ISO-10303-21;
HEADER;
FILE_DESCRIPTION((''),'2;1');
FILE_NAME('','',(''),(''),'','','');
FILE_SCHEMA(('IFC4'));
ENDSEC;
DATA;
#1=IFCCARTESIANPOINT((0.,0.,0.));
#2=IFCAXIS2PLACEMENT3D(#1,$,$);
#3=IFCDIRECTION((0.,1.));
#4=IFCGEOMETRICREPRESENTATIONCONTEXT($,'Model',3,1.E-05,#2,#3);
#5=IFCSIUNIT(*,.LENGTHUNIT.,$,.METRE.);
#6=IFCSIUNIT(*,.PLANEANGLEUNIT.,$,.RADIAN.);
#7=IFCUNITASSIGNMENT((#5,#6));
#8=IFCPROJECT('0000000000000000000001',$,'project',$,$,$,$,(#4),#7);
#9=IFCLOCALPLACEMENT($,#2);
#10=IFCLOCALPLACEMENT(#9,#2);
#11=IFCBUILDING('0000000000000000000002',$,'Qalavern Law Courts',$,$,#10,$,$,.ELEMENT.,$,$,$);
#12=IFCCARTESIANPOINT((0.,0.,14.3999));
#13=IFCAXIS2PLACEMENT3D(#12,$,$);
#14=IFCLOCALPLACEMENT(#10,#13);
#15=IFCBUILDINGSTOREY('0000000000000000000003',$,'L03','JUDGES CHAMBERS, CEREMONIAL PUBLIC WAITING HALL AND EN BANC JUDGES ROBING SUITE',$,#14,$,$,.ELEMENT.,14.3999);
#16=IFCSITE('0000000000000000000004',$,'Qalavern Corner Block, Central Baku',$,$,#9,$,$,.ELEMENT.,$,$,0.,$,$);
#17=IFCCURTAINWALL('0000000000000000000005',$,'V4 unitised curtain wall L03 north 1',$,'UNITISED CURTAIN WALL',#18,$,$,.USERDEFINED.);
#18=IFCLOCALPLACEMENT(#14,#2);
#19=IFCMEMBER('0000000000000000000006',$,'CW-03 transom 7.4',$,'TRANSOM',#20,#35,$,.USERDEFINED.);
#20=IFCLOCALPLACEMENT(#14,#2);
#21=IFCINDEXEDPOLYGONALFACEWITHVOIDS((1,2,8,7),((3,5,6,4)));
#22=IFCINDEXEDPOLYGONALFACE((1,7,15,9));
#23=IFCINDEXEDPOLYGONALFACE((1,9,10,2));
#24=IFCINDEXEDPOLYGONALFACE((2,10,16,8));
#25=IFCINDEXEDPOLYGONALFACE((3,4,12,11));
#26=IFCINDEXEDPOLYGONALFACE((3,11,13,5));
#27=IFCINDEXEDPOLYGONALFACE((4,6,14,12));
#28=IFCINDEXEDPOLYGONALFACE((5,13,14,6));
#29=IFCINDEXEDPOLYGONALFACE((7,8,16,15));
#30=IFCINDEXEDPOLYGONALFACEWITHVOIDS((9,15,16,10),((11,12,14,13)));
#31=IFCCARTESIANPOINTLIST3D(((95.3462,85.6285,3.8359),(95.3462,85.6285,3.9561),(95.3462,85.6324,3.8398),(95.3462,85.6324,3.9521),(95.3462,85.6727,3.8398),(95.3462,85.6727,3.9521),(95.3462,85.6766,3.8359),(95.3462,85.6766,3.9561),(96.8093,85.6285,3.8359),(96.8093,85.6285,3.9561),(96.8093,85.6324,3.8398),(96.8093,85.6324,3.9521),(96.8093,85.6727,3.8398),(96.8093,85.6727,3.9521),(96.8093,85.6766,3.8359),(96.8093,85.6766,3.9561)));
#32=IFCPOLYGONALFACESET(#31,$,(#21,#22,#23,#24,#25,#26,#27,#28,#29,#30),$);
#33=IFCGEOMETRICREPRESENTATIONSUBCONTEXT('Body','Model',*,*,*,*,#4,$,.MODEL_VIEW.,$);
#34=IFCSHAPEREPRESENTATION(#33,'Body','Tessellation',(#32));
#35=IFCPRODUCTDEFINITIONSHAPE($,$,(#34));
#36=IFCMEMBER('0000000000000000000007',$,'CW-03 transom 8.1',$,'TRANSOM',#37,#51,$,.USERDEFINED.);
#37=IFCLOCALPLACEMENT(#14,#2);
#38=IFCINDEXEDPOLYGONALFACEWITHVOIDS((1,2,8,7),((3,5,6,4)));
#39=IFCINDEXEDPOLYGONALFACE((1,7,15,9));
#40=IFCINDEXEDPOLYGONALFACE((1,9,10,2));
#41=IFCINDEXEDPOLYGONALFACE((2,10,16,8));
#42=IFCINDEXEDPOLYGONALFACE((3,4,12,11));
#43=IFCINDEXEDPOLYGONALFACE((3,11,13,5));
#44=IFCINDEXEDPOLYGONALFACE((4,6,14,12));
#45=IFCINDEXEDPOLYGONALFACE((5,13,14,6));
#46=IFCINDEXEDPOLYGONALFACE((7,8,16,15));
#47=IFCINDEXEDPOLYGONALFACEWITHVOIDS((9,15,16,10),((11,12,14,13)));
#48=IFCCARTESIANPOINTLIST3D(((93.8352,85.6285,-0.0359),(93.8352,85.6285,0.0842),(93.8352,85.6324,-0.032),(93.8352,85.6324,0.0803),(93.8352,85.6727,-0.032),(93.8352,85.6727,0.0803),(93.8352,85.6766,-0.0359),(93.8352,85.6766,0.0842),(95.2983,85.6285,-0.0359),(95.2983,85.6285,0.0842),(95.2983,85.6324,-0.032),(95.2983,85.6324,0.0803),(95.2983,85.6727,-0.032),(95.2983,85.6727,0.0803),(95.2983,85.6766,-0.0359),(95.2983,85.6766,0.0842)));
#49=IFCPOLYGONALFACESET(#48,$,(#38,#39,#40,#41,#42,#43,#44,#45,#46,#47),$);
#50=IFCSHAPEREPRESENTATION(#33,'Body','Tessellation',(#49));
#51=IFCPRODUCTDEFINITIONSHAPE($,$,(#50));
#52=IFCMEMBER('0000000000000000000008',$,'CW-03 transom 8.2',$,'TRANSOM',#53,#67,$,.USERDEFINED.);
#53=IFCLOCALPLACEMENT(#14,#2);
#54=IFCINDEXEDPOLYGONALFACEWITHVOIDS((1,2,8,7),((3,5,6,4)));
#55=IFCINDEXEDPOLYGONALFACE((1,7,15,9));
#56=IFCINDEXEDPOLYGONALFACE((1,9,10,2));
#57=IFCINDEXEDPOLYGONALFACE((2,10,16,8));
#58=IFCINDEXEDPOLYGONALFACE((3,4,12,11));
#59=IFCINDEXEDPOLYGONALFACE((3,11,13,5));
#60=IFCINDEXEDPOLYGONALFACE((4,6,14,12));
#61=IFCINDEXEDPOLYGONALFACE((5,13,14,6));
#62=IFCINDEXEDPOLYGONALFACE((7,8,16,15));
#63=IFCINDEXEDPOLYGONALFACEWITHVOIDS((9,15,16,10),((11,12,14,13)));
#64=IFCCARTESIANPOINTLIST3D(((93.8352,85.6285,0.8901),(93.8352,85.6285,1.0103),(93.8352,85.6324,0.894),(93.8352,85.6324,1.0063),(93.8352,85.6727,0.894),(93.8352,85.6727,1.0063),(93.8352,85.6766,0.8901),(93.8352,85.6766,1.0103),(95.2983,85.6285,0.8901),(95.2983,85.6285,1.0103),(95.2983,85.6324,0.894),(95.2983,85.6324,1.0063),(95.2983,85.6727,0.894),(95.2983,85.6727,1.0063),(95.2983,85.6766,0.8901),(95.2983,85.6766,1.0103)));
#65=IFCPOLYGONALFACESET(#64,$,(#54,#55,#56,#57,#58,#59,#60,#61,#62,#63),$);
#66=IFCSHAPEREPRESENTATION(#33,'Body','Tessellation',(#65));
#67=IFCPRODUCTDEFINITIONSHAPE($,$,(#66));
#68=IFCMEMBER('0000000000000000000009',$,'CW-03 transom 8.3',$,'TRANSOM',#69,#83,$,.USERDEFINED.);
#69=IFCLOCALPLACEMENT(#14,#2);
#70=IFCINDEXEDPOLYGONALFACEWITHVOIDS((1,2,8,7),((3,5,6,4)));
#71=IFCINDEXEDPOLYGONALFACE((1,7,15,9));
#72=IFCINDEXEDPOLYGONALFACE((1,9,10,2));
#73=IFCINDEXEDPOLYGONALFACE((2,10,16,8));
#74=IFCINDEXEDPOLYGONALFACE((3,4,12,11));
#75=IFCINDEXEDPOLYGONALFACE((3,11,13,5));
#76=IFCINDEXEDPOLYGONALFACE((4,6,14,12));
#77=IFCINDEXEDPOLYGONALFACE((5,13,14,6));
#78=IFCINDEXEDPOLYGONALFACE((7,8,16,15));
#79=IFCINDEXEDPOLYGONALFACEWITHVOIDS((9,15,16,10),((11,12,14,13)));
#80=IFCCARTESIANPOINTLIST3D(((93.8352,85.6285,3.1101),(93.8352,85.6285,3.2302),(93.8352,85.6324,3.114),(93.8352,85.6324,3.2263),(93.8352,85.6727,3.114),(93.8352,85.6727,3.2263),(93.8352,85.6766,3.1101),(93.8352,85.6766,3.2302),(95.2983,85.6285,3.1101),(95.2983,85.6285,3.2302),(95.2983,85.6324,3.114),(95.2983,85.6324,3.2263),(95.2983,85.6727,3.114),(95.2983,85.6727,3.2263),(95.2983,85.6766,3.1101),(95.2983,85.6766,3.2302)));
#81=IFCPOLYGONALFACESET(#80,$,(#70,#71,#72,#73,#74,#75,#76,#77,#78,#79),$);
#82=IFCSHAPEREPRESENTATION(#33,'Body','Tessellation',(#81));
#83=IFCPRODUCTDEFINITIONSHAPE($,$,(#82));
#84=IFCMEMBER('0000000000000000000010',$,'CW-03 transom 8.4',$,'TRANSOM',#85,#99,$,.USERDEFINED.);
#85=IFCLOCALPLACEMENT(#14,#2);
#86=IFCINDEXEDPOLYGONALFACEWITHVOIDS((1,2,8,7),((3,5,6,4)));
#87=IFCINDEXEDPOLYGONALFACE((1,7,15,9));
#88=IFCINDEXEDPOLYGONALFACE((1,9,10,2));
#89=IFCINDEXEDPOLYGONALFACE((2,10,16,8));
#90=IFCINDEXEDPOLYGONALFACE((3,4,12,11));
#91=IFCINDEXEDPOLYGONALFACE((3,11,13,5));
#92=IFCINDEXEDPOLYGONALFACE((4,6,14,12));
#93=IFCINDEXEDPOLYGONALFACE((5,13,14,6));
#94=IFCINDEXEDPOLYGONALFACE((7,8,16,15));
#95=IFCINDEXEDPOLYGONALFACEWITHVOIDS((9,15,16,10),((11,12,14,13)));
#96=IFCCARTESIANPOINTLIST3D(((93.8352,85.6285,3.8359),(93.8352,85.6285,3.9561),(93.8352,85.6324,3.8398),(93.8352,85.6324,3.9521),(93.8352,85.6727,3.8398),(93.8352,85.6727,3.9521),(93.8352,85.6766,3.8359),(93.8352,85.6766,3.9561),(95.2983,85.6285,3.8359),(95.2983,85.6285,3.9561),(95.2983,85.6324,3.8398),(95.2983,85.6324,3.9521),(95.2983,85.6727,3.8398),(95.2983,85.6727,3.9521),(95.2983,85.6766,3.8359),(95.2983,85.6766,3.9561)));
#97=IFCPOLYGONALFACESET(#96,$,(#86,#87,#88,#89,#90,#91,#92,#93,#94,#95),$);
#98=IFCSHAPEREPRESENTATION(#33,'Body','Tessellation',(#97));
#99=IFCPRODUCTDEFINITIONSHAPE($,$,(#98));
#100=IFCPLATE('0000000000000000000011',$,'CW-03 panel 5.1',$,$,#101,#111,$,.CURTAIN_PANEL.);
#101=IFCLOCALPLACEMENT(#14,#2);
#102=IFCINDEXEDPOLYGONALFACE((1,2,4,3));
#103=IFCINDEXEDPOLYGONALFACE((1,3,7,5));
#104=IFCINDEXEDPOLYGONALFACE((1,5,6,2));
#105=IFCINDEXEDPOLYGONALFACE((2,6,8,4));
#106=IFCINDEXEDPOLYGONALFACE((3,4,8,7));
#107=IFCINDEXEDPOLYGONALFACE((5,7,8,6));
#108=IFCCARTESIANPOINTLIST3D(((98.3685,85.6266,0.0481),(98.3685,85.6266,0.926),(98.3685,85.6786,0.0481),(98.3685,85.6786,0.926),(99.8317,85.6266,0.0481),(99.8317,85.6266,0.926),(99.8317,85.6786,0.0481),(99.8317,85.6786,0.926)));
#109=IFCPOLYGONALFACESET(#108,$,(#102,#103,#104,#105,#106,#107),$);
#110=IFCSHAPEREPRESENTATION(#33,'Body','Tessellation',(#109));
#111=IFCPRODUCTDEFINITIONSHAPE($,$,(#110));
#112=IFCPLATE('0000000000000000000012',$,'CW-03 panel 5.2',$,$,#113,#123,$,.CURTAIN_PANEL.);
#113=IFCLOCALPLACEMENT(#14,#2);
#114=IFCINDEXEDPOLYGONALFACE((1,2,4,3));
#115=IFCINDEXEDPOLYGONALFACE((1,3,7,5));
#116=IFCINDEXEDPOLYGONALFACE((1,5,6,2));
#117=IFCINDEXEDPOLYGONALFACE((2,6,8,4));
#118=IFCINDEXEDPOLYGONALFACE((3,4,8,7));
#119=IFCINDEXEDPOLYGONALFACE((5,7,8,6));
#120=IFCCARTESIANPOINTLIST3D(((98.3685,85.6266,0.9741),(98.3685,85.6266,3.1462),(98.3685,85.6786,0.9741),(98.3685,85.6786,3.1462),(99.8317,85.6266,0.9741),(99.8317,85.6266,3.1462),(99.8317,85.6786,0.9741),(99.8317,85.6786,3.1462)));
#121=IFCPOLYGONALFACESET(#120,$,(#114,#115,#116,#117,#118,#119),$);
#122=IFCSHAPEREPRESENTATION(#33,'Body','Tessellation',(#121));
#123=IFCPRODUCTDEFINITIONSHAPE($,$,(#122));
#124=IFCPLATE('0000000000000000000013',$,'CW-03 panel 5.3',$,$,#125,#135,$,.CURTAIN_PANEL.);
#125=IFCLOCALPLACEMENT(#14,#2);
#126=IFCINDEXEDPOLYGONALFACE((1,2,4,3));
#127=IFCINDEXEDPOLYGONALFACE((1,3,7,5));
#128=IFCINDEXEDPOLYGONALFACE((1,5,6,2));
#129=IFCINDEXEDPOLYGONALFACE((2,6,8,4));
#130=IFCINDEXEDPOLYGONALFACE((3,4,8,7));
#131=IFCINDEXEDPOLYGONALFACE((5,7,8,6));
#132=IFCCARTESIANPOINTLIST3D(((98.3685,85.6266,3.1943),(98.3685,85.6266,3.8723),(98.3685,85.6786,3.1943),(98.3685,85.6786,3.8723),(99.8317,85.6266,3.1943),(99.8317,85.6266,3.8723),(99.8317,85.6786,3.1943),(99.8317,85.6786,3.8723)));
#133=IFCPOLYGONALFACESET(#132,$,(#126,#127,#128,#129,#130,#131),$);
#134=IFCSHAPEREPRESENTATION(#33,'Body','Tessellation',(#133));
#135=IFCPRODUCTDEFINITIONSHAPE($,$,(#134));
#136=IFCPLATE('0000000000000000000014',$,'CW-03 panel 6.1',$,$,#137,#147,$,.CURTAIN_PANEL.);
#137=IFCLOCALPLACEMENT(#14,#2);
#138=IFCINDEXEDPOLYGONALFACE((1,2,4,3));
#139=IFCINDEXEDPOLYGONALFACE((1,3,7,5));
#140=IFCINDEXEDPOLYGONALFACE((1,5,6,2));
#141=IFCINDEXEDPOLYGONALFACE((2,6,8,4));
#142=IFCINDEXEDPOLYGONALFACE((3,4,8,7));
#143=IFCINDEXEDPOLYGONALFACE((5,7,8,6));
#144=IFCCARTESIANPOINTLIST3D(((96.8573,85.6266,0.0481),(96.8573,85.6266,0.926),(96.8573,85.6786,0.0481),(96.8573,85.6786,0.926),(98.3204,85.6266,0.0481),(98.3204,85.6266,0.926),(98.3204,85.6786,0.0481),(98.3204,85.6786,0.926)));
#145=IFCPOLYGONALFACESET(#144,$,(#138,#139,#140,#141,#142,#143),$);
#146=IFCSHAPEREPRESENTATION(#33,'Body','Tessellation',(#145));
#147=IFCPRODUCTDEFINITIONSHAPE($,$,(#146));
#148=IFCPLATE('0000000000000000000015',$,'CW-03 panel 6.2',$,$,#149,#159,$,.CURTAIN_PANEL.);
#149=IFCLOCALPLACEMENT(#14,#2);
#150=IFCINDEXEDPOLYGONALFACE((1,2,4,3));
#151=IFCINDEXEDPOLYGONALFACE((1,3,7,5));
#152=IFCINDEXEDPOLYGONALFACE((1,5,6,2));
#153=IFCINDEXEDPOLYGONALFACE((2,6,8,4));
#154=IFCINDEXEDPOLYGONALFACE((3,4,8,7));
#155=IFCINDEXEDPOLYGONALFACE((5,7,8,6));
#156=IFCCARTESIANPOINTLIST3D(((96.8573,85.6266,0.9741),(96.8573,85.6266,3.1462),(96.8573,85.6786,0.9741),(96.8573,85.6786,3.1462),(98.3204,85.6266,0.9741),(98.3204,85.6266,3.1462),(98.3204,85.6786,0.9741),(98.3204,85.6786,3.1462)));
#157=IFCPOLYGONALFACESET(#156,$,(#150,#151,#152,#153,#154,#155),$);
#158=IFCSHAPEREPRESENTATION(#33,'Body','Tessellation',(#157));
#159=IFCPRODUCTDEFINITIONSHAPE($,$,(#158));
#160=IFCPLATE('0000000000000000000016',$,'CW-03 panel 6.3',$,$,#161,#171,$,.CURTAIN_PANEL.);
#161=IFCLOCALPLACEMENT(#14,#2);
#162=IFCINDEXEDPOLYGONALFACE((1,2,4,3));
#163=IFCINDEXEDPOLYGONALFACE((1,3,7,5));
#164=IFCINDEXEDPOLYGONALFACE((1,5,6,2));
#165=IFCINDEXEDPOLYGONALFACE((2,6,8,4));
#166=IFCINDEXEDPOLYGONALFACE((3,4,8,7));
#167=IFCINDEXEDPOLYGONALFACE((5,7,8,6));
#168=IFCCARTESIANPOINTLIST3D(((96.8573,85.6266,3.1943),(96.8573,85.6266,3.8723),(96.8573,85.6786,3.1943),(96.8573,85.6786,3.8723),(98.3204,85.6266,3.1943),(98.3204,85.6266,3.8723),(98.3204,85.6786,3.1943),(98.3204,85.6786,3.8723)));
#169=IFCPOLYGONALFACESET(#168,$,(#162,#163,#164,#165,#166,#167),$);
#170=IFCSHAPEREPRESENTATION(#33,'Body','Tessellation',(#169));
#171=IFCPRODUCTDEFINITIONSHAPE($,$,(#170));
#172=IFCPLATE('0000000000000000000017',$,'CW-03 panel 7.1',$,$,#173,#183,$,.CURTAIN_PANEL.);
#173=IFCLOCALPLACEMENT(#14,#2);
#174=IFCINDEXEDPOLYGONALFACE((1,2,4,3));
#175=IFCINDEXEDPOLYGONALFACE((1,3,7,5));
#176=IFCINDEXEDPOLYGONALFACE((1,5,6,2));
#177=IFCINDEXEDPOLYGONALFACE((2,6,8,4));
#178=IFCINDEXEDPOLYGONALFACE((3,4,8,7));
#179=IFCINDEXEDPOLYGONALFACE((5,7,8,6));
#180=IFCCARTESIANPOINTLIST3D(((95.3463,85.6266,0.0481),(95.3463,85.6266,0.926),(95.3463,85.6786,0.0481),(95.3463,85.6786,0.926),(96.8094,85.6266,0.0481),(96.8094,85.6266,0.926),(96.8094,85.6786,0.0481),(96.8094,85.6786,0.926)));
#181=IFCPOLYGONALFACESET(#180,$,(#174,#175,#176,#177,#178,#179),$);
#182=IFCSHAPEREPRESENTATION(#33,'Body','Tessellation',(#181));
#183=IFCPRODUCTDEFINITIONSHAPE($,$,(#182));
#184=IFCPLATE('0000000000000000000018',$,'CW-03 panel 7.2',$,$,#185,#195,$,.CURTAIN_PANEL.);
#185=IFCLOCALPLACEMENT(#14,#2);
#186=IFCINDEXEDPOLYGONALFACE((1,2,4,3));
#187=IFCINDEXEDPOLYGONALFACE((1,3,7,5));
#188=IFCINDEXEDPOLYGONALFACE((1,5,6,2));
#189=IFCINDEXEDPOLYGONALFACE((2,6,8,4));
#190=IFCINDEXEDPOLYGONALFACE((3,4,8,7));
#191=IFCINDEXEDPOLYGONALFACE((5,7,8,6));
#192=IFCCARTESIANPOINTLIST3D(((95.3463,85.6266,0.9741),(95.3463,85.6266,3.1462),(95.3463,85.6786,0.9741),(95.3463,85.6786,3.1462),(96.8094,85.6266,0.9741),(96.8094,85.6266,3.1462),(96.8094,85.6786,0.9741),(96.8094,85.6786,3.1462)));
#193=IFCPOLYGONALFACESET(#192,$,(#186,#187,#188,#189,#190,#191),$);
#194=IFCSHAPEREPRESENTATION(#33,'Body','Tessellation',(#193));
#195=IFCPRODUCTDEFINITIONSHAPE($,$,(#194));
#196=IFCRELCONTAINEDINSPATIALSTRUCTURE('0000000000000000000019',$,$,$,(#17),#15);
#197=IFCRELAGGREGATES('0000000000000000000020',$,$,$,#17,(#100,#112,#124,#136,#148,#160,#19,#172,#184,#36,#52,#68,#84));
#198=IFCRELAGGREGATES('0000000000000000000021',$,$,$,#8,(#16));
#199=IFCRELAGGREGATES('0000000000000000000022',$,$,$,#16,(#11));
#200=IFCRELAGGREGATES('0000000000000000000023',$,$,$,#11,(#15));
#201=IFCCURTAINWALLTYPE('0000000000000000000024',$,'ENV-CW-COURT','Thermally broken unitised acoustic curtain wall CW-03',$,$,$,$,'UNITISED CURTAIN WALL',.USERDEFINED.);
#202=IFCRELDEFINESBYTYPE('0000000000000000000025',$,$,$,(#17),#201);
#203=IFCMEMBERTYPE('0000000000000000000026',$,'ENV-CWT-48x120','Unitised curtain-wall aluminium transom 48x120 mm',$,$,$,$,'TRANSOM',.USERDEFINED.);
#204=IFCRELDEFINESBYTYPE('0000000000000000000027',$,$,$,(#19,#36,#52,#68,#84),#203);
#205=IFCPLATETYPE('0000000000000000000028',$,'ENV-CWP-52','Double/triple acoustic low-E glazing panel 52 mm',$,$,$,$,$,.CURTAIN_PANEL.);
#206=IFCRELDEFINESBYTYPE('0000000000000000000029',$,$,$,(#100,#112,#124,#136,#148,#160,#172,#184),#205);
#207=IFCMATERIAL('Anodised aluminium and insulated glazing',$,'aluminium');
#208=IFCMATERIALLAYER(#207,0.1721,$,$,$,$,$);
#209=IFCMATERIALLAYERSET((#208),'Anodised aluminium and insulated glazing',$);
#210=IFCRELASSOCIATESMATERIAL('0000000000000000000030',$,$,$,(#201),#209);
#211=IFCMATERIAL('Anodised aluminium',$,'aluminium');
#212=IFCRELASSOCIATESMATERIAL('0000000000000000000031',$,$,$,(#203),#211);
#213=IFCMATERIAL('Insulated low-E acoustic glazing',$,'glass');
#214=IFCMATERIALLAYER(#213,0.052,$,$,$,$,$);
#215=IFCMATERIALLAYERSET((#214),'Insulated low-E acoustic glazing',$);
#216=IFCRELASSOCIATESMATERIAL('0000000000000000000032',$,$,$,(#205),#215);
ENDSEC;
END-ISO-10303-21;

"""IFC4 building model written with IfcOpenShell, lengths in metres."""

from ifc_helpers import new_model, si_unit, direction, frame, origin, origin_2d, place, context, subcontext, project, spatial, rectangle, hollow_rectangle, extrude, material, layer, layer_set, material_profile, profile_set, type_object, element, aggregate, save


model = new_model("IFC4")

# Units and contexts
model_context = context("Model", 3, precision=1e-05, world=origin(), true_north=direction((0.0, 1.0)))
body_context = subcontext(model_context, "Body", "Model", "MODEL_VIEW")
ifc_project = project(units=[si_unit("LENGTHUNIT", "METRE"), si_unit("PLANEANGLEUNIT", "RADIAN")], contexts=[model_context])

# Site, building, storey
site_placement = place(None, origin())
site = spatial("IfcSite", under=ifc_project, at=site_placement, Name="Qalavern Corner Block, Central Baku", CompositionType="ELEMENT", RefElevation=0.0)
building_placement = place(site_placement, origin())
building = spatial("IfcBuilding", under=site, at=building_placement, Name="Qalavern Law Courts", CompositionType="ELEMENT")
storey_placement = place(building_placement, frame((0.0, 0.0, 14.3999)))
storey = spatial("IfcBuildingStorey", under=building, at=storey_placement, Name="L03", Description="JUDGES CHAMBERS, CEREMONIAL PUBLIC WAITING HALL AND EN BANC JUDGES ROBING SUITE", CompositionType="ELEMENT", Elevation=14.3999)

# Curtain wall, members, plates
ifc_material_1 = material(Name="Anodised aluminium and insulated glazing", Category="aluminium")
ifc_layer_1 = layer(ifc_material_1, 0.1721)
ifc_layer_set_1 = layer_set([ifc_layer_1], Name="Anodised aluminium and insulated glazing")
curtain_wall_type = type_object("IfcCurtainWallType", Name="ENV-CW-COURT", Description="Thermally broken unitised acoustic curtain wall CW-03", ElementType="UNITISED CURTAIN WALL", PredefinedType="USERDEFINED", material=ifc_layer_set_1)
curtain_wall_placement = place(storey_placement, origin())
curtain_wall = element("IfcCurtainWall", 1, at=curtain_wall_placement, inside=storey, type_object=curtain_wall_type, Name="V4 unitised curtain wall L03 north 1", ObjectType="UNITISED CURTAIN WALL", PredefinedType="USERDEFINED")
ifc_material_2 = material(Name="Anodised aluminium", Category="aluminium")
ifc_material_profile_1 = material_profile(ifc_material_2, hollow_rectangle(XDim=0.0481, YDim=0.1201, WallThickness=0.0039, at=origin_2d()), Name="ALU TRANSOM 48x120")
ifc_profile_set_1 = profile_set([ifc_material_profile_1], Name="Anodised aluminium")
member_type_1 = type_object("IfcMemberType", Name="ENV-CWT-48x120", Description="Unitised curtain-wall aluminium transom 48x120 mm", ElementType="TRANSOM", PredefinedType="USERDEFINED", material=ifc_profile_set_1)
member_1_placement = place(storey_placement, frame((96.8093, 85.6526, 3.896), z_axis=(-1.0, 0.0, 0.0), x_axis=(0.0, -1.0, 0.0)))
member_1 = element("IfcMember", 2, at=member_1_placement, type_object=member_type_1, Name="CW-03 transom 7.4", ObjectType="TRANSOM", PredefinedType="USERDEFINED", context=body_context, shape_type="SweptSolid", body=[
    extrude(hollow_rectangle(XDim=0.0481, YDim=0.1201, WallThickness=0.0039, at=origin_2d()), origin(), (0.0, 0.0, 1.0), 1.4631),
])
member_2_placement = place(storey_placement, frame((95.2983, 85.6526, 0.0242), z_axis=(-1.0, 0.0, 0.0), x_axis=(0.0, -1.0, 0.0)))
member_2 = element("IfcMember", 3, at=member_2_placement, type_object=member_type_1, Name="CW-03 transom 8.1", ObjectType="TRANSOM", PredefinedType="USERDEFINED", context=body_context, shape_type="SweptSolid", body=[
    extrude(hollow_rectangle(XDim=0.0481, YDim=0.1201, WallThickness=0.0039, at=origin_2d()), origin(), (0.0, 0.0, 1.0), 1.4631),
])
member_3_placement = place(storey_placement, frame((95.2983, 85.6526, 0.9502), z_axis=(-1.0, 0.0, 0.0), x_axis=(0.0, -1.0, 0.0)))
member_3 = element("IfcMember", 4, at=member_3_placement, type_object=member_type_1, Name="CW-03 transom 8.2", ObjectType="TRANSOM", PredefinedType="USERDEFINED", context=body_context, shape_type="SweptSolid", body=[
    extrude(hollow_rectangle(XDim=0.0481, YDim=0.1201, WallThickness=0.0039, at=origin_2d()), origin(), (0.0, 0.0, 1.0), 1.4631),
])
member_4_placement = place(storey_placement, frame((95.2983, 85.6526, 3.1702), z_axis=(-1.0, 0.0, 0.0), x_axis=(0.0, -1.0, 0.0)))
member_4 = element("IfcMember", 5, at=member_4_placement, type_object=member_type_1, Name="CW-03 transom 8.3", ObjectType="TRANSOM", PredefinedType="USERDEFINED", context=body_context, shape_type="SweptSolid", body=[
    extrude(hollow_rectangle(XDim=0.0481, YDim=0.1201, WallThickness=0.0039, at=origin_2d()), origin(), (0.0, 0.0, 1.0), 1.4631),
])
member_5_placement = place(storey_placement, frame((95.2983, 85.6526, 3.896), z_axis=(-1.0, 0.0, 0.0), x_axis=(0.0, -1.0, 0.0)))
member_5 = element("IfcMember", 6, at=member_5_placement, type_object=member_type_1, Name="CW-03 transom 8.4", ObjectType="TRANSOM", PredefinedType="USERDEFINED", context=body_context, shape_type="SweptSolid", body=[
    extrude(hollow_rectangle(XDim=0.0481, YDim=0.1201, WallThickness=0.0039, at=origin_2d()), origin(), (0.0, 0.0, 1.0), 1.4631),
])
ifc_material_3 = material(Name="Insulated low-E acoustic glazing", Category="glass")
ifc_layer_2 = layer(ifc_material_3, 0.052)
ifc_layer_set_2 = layer_set([ifc_layer_2], Name="Insulated low-E acoustic glazing")
plate_type = type_object("IfcPlateType", Name="ENV-CWP-52", Description="Double/triple acoustic low-E glazing panel 52 mm", PredefinedType="CURTAIN_PANEL", material=ifc_layer_set_2)
plate_1_placement = place(storey_placement, frame((99.1001, 85.6526, 0.0481), z_axis=(0.0, 0.0, 1.0), x_axis=(-1.0, 0.0, 0.0)))
plate_1 = element("IfcPlate", 7, at=plate_1_placement, type_object=plate_type, Name="CW-03 panel 5.1", PredefinedType="CURTAIN_PANEL", context=body_context, shape_type="SweptSolid", body=[
    extrude(rectangle(XDim=1.4631, YDim=0.052, at=origin_2d()), origin(), (0.0, 0.0, 1.0), 0.8779),
])
plate_2_placement = place(storey_placement, frame((99.1001, 85.6526, 0.9741), z_axis=(0.0, 0.0, 1.0), x_axis=(-1.0, 0.0, 0.0)))
plate_2 = element("IfcPlate", 8, at=plate_2_placement, type_object=plate_type, Name="CW-03 panel 5.2", PredefinedType="CURTAIN_PANEL", context=body_context, shape_type="SweptSolid", body=[
    extrude(rectangle(XDim=1.4631, YDim=0.052, at=origin_2d()), origin(), (0.0, 0.0, 1.0), 2.1721),
])
plate_3_placement = place(storey_placement, frame((99.1001, 85.6526, 3.1943), z_axis=(0.0, 0.0, 1.0), x_axis=(-1.0, 0.0, 0.0)))
plate_3 = element("IfcPlate", 9, at=plate_3_placement, type_object=plate_type, Name="CW-03 panel 5.3", PredefinedType="CURTAIN_PANEL", context=body_context, shape_type="SweptSolid", body=[
    extrude(rectangle(XDim=1.4631, YDim=0.052, at=origin_2d()), origin(), (0.0, 0.0, 1.0), 0.678),
])
plate_4_placement = place(storey_placement, frame((97.5889, 85.6526, 0.0481), z_axis=(0.0, 0.0, 1.0), x_axis=(-1.0, 0.0, 0.0)))
plate_4 = element("IfcPlate", 10, at=plate_4_placement, type_object=plate_type, Name="CW-03 panel 6.1", PredefinedType="CURTAIN_PANEL", context=body_context, shape_type="SweptSolid", body=[
    extrude(rectangle(XDim=1.4631, YDim=0.052, at=origin_2d()), origin(), (0.0, 0.0, 1.0), 0.8779),
])
plate_5_placement = place(storey_placement, frame((97.5889, 85.6526, 0.9741), z_axis=(0.0, 0.0, 1.0), x_axis=(-1.0, 0.0, 0.0)))
plate_5 = element("IfcPlate", 11, at=plate_5_placement, type_object=plate_type, Name="CW-03 panel 6.2", PredefinedType="CURTAIN_PANEL", context=body_context, shape_type="SweptSolid", body=[
    extrude(rectangle(XDim=1.4631, YDim=0.052, at=origin_2d()), origin(), (0.0, 0.0, 1.0), 2.1721),
])
plate_6_placement = place(storey_placement, frame((97.5889, 85.6526, 3.1943), z_axis=(0.0, 0.0, 1.0), x_axis=(-1.0, 0.0, 0.0)))
plate_6 = element("IfcPlate", 12, at=plate_6_placement, type_object=plate_type, Name="CW-03 panel 6.3", PredefinedType="CURTAIN_PANEL", context=body_context, shape_type="SweptSolid", body=[
    extrude(rectangle(XDim=1.4631, YDim=0.052, at=origin_2d()), origin(), (0.0, 0.0, 1.0), 0.678),
])
plate_7_placement = place(storey_placement, frame((96.0779, 85.6526, 0.0481), z_axis=(0.0, 0.0, 1.0), x_axis=(-1.0, 0.0, 0.0)))
plate_7 = element("IfcPlate", 13, at=plate_7_placement, type_object=plate_type, Name="CW-03 panel 7.1", PredefinedType="CURTAIN_PANEL", context=body_context, shape_type="SweptSolid", body=[
    extrude(rectangle(XDim=1.4631, YDim=0.052, at=origin_2d()), origin(), (0.0, 0.0, 1.0), 0.8779),
])
plate_8_placement = place(storey_placement, frame((96.0779, 85.6526, 0.9741), z_axis=(0.0, 0.0, 1.0), x_axis=(-1.0, 0.0, 0.0)))
plate_8 = element("IfcPlate", 14, at=plate_8_placement, type_object=plate_type, Name="CW-03 panel 7.2", PredefinedType="CURTAIN_PANEL", context=body_context, shape_type="SweptSolid", body=[
    extrude(rectangle(XDim=1.4631, YDim=0.052, at=origin_2d()), origin(), (0.0, 0.0, 1.0), 2.1721),
])
aggregate(curtain_wall, [plate_1, plate_2, plate_3, plate_4, plate_5, plate_6, member_1, plate_7, plate_8, member_2, member_3, member_4, member_5])

save(model, "model.ifc")
